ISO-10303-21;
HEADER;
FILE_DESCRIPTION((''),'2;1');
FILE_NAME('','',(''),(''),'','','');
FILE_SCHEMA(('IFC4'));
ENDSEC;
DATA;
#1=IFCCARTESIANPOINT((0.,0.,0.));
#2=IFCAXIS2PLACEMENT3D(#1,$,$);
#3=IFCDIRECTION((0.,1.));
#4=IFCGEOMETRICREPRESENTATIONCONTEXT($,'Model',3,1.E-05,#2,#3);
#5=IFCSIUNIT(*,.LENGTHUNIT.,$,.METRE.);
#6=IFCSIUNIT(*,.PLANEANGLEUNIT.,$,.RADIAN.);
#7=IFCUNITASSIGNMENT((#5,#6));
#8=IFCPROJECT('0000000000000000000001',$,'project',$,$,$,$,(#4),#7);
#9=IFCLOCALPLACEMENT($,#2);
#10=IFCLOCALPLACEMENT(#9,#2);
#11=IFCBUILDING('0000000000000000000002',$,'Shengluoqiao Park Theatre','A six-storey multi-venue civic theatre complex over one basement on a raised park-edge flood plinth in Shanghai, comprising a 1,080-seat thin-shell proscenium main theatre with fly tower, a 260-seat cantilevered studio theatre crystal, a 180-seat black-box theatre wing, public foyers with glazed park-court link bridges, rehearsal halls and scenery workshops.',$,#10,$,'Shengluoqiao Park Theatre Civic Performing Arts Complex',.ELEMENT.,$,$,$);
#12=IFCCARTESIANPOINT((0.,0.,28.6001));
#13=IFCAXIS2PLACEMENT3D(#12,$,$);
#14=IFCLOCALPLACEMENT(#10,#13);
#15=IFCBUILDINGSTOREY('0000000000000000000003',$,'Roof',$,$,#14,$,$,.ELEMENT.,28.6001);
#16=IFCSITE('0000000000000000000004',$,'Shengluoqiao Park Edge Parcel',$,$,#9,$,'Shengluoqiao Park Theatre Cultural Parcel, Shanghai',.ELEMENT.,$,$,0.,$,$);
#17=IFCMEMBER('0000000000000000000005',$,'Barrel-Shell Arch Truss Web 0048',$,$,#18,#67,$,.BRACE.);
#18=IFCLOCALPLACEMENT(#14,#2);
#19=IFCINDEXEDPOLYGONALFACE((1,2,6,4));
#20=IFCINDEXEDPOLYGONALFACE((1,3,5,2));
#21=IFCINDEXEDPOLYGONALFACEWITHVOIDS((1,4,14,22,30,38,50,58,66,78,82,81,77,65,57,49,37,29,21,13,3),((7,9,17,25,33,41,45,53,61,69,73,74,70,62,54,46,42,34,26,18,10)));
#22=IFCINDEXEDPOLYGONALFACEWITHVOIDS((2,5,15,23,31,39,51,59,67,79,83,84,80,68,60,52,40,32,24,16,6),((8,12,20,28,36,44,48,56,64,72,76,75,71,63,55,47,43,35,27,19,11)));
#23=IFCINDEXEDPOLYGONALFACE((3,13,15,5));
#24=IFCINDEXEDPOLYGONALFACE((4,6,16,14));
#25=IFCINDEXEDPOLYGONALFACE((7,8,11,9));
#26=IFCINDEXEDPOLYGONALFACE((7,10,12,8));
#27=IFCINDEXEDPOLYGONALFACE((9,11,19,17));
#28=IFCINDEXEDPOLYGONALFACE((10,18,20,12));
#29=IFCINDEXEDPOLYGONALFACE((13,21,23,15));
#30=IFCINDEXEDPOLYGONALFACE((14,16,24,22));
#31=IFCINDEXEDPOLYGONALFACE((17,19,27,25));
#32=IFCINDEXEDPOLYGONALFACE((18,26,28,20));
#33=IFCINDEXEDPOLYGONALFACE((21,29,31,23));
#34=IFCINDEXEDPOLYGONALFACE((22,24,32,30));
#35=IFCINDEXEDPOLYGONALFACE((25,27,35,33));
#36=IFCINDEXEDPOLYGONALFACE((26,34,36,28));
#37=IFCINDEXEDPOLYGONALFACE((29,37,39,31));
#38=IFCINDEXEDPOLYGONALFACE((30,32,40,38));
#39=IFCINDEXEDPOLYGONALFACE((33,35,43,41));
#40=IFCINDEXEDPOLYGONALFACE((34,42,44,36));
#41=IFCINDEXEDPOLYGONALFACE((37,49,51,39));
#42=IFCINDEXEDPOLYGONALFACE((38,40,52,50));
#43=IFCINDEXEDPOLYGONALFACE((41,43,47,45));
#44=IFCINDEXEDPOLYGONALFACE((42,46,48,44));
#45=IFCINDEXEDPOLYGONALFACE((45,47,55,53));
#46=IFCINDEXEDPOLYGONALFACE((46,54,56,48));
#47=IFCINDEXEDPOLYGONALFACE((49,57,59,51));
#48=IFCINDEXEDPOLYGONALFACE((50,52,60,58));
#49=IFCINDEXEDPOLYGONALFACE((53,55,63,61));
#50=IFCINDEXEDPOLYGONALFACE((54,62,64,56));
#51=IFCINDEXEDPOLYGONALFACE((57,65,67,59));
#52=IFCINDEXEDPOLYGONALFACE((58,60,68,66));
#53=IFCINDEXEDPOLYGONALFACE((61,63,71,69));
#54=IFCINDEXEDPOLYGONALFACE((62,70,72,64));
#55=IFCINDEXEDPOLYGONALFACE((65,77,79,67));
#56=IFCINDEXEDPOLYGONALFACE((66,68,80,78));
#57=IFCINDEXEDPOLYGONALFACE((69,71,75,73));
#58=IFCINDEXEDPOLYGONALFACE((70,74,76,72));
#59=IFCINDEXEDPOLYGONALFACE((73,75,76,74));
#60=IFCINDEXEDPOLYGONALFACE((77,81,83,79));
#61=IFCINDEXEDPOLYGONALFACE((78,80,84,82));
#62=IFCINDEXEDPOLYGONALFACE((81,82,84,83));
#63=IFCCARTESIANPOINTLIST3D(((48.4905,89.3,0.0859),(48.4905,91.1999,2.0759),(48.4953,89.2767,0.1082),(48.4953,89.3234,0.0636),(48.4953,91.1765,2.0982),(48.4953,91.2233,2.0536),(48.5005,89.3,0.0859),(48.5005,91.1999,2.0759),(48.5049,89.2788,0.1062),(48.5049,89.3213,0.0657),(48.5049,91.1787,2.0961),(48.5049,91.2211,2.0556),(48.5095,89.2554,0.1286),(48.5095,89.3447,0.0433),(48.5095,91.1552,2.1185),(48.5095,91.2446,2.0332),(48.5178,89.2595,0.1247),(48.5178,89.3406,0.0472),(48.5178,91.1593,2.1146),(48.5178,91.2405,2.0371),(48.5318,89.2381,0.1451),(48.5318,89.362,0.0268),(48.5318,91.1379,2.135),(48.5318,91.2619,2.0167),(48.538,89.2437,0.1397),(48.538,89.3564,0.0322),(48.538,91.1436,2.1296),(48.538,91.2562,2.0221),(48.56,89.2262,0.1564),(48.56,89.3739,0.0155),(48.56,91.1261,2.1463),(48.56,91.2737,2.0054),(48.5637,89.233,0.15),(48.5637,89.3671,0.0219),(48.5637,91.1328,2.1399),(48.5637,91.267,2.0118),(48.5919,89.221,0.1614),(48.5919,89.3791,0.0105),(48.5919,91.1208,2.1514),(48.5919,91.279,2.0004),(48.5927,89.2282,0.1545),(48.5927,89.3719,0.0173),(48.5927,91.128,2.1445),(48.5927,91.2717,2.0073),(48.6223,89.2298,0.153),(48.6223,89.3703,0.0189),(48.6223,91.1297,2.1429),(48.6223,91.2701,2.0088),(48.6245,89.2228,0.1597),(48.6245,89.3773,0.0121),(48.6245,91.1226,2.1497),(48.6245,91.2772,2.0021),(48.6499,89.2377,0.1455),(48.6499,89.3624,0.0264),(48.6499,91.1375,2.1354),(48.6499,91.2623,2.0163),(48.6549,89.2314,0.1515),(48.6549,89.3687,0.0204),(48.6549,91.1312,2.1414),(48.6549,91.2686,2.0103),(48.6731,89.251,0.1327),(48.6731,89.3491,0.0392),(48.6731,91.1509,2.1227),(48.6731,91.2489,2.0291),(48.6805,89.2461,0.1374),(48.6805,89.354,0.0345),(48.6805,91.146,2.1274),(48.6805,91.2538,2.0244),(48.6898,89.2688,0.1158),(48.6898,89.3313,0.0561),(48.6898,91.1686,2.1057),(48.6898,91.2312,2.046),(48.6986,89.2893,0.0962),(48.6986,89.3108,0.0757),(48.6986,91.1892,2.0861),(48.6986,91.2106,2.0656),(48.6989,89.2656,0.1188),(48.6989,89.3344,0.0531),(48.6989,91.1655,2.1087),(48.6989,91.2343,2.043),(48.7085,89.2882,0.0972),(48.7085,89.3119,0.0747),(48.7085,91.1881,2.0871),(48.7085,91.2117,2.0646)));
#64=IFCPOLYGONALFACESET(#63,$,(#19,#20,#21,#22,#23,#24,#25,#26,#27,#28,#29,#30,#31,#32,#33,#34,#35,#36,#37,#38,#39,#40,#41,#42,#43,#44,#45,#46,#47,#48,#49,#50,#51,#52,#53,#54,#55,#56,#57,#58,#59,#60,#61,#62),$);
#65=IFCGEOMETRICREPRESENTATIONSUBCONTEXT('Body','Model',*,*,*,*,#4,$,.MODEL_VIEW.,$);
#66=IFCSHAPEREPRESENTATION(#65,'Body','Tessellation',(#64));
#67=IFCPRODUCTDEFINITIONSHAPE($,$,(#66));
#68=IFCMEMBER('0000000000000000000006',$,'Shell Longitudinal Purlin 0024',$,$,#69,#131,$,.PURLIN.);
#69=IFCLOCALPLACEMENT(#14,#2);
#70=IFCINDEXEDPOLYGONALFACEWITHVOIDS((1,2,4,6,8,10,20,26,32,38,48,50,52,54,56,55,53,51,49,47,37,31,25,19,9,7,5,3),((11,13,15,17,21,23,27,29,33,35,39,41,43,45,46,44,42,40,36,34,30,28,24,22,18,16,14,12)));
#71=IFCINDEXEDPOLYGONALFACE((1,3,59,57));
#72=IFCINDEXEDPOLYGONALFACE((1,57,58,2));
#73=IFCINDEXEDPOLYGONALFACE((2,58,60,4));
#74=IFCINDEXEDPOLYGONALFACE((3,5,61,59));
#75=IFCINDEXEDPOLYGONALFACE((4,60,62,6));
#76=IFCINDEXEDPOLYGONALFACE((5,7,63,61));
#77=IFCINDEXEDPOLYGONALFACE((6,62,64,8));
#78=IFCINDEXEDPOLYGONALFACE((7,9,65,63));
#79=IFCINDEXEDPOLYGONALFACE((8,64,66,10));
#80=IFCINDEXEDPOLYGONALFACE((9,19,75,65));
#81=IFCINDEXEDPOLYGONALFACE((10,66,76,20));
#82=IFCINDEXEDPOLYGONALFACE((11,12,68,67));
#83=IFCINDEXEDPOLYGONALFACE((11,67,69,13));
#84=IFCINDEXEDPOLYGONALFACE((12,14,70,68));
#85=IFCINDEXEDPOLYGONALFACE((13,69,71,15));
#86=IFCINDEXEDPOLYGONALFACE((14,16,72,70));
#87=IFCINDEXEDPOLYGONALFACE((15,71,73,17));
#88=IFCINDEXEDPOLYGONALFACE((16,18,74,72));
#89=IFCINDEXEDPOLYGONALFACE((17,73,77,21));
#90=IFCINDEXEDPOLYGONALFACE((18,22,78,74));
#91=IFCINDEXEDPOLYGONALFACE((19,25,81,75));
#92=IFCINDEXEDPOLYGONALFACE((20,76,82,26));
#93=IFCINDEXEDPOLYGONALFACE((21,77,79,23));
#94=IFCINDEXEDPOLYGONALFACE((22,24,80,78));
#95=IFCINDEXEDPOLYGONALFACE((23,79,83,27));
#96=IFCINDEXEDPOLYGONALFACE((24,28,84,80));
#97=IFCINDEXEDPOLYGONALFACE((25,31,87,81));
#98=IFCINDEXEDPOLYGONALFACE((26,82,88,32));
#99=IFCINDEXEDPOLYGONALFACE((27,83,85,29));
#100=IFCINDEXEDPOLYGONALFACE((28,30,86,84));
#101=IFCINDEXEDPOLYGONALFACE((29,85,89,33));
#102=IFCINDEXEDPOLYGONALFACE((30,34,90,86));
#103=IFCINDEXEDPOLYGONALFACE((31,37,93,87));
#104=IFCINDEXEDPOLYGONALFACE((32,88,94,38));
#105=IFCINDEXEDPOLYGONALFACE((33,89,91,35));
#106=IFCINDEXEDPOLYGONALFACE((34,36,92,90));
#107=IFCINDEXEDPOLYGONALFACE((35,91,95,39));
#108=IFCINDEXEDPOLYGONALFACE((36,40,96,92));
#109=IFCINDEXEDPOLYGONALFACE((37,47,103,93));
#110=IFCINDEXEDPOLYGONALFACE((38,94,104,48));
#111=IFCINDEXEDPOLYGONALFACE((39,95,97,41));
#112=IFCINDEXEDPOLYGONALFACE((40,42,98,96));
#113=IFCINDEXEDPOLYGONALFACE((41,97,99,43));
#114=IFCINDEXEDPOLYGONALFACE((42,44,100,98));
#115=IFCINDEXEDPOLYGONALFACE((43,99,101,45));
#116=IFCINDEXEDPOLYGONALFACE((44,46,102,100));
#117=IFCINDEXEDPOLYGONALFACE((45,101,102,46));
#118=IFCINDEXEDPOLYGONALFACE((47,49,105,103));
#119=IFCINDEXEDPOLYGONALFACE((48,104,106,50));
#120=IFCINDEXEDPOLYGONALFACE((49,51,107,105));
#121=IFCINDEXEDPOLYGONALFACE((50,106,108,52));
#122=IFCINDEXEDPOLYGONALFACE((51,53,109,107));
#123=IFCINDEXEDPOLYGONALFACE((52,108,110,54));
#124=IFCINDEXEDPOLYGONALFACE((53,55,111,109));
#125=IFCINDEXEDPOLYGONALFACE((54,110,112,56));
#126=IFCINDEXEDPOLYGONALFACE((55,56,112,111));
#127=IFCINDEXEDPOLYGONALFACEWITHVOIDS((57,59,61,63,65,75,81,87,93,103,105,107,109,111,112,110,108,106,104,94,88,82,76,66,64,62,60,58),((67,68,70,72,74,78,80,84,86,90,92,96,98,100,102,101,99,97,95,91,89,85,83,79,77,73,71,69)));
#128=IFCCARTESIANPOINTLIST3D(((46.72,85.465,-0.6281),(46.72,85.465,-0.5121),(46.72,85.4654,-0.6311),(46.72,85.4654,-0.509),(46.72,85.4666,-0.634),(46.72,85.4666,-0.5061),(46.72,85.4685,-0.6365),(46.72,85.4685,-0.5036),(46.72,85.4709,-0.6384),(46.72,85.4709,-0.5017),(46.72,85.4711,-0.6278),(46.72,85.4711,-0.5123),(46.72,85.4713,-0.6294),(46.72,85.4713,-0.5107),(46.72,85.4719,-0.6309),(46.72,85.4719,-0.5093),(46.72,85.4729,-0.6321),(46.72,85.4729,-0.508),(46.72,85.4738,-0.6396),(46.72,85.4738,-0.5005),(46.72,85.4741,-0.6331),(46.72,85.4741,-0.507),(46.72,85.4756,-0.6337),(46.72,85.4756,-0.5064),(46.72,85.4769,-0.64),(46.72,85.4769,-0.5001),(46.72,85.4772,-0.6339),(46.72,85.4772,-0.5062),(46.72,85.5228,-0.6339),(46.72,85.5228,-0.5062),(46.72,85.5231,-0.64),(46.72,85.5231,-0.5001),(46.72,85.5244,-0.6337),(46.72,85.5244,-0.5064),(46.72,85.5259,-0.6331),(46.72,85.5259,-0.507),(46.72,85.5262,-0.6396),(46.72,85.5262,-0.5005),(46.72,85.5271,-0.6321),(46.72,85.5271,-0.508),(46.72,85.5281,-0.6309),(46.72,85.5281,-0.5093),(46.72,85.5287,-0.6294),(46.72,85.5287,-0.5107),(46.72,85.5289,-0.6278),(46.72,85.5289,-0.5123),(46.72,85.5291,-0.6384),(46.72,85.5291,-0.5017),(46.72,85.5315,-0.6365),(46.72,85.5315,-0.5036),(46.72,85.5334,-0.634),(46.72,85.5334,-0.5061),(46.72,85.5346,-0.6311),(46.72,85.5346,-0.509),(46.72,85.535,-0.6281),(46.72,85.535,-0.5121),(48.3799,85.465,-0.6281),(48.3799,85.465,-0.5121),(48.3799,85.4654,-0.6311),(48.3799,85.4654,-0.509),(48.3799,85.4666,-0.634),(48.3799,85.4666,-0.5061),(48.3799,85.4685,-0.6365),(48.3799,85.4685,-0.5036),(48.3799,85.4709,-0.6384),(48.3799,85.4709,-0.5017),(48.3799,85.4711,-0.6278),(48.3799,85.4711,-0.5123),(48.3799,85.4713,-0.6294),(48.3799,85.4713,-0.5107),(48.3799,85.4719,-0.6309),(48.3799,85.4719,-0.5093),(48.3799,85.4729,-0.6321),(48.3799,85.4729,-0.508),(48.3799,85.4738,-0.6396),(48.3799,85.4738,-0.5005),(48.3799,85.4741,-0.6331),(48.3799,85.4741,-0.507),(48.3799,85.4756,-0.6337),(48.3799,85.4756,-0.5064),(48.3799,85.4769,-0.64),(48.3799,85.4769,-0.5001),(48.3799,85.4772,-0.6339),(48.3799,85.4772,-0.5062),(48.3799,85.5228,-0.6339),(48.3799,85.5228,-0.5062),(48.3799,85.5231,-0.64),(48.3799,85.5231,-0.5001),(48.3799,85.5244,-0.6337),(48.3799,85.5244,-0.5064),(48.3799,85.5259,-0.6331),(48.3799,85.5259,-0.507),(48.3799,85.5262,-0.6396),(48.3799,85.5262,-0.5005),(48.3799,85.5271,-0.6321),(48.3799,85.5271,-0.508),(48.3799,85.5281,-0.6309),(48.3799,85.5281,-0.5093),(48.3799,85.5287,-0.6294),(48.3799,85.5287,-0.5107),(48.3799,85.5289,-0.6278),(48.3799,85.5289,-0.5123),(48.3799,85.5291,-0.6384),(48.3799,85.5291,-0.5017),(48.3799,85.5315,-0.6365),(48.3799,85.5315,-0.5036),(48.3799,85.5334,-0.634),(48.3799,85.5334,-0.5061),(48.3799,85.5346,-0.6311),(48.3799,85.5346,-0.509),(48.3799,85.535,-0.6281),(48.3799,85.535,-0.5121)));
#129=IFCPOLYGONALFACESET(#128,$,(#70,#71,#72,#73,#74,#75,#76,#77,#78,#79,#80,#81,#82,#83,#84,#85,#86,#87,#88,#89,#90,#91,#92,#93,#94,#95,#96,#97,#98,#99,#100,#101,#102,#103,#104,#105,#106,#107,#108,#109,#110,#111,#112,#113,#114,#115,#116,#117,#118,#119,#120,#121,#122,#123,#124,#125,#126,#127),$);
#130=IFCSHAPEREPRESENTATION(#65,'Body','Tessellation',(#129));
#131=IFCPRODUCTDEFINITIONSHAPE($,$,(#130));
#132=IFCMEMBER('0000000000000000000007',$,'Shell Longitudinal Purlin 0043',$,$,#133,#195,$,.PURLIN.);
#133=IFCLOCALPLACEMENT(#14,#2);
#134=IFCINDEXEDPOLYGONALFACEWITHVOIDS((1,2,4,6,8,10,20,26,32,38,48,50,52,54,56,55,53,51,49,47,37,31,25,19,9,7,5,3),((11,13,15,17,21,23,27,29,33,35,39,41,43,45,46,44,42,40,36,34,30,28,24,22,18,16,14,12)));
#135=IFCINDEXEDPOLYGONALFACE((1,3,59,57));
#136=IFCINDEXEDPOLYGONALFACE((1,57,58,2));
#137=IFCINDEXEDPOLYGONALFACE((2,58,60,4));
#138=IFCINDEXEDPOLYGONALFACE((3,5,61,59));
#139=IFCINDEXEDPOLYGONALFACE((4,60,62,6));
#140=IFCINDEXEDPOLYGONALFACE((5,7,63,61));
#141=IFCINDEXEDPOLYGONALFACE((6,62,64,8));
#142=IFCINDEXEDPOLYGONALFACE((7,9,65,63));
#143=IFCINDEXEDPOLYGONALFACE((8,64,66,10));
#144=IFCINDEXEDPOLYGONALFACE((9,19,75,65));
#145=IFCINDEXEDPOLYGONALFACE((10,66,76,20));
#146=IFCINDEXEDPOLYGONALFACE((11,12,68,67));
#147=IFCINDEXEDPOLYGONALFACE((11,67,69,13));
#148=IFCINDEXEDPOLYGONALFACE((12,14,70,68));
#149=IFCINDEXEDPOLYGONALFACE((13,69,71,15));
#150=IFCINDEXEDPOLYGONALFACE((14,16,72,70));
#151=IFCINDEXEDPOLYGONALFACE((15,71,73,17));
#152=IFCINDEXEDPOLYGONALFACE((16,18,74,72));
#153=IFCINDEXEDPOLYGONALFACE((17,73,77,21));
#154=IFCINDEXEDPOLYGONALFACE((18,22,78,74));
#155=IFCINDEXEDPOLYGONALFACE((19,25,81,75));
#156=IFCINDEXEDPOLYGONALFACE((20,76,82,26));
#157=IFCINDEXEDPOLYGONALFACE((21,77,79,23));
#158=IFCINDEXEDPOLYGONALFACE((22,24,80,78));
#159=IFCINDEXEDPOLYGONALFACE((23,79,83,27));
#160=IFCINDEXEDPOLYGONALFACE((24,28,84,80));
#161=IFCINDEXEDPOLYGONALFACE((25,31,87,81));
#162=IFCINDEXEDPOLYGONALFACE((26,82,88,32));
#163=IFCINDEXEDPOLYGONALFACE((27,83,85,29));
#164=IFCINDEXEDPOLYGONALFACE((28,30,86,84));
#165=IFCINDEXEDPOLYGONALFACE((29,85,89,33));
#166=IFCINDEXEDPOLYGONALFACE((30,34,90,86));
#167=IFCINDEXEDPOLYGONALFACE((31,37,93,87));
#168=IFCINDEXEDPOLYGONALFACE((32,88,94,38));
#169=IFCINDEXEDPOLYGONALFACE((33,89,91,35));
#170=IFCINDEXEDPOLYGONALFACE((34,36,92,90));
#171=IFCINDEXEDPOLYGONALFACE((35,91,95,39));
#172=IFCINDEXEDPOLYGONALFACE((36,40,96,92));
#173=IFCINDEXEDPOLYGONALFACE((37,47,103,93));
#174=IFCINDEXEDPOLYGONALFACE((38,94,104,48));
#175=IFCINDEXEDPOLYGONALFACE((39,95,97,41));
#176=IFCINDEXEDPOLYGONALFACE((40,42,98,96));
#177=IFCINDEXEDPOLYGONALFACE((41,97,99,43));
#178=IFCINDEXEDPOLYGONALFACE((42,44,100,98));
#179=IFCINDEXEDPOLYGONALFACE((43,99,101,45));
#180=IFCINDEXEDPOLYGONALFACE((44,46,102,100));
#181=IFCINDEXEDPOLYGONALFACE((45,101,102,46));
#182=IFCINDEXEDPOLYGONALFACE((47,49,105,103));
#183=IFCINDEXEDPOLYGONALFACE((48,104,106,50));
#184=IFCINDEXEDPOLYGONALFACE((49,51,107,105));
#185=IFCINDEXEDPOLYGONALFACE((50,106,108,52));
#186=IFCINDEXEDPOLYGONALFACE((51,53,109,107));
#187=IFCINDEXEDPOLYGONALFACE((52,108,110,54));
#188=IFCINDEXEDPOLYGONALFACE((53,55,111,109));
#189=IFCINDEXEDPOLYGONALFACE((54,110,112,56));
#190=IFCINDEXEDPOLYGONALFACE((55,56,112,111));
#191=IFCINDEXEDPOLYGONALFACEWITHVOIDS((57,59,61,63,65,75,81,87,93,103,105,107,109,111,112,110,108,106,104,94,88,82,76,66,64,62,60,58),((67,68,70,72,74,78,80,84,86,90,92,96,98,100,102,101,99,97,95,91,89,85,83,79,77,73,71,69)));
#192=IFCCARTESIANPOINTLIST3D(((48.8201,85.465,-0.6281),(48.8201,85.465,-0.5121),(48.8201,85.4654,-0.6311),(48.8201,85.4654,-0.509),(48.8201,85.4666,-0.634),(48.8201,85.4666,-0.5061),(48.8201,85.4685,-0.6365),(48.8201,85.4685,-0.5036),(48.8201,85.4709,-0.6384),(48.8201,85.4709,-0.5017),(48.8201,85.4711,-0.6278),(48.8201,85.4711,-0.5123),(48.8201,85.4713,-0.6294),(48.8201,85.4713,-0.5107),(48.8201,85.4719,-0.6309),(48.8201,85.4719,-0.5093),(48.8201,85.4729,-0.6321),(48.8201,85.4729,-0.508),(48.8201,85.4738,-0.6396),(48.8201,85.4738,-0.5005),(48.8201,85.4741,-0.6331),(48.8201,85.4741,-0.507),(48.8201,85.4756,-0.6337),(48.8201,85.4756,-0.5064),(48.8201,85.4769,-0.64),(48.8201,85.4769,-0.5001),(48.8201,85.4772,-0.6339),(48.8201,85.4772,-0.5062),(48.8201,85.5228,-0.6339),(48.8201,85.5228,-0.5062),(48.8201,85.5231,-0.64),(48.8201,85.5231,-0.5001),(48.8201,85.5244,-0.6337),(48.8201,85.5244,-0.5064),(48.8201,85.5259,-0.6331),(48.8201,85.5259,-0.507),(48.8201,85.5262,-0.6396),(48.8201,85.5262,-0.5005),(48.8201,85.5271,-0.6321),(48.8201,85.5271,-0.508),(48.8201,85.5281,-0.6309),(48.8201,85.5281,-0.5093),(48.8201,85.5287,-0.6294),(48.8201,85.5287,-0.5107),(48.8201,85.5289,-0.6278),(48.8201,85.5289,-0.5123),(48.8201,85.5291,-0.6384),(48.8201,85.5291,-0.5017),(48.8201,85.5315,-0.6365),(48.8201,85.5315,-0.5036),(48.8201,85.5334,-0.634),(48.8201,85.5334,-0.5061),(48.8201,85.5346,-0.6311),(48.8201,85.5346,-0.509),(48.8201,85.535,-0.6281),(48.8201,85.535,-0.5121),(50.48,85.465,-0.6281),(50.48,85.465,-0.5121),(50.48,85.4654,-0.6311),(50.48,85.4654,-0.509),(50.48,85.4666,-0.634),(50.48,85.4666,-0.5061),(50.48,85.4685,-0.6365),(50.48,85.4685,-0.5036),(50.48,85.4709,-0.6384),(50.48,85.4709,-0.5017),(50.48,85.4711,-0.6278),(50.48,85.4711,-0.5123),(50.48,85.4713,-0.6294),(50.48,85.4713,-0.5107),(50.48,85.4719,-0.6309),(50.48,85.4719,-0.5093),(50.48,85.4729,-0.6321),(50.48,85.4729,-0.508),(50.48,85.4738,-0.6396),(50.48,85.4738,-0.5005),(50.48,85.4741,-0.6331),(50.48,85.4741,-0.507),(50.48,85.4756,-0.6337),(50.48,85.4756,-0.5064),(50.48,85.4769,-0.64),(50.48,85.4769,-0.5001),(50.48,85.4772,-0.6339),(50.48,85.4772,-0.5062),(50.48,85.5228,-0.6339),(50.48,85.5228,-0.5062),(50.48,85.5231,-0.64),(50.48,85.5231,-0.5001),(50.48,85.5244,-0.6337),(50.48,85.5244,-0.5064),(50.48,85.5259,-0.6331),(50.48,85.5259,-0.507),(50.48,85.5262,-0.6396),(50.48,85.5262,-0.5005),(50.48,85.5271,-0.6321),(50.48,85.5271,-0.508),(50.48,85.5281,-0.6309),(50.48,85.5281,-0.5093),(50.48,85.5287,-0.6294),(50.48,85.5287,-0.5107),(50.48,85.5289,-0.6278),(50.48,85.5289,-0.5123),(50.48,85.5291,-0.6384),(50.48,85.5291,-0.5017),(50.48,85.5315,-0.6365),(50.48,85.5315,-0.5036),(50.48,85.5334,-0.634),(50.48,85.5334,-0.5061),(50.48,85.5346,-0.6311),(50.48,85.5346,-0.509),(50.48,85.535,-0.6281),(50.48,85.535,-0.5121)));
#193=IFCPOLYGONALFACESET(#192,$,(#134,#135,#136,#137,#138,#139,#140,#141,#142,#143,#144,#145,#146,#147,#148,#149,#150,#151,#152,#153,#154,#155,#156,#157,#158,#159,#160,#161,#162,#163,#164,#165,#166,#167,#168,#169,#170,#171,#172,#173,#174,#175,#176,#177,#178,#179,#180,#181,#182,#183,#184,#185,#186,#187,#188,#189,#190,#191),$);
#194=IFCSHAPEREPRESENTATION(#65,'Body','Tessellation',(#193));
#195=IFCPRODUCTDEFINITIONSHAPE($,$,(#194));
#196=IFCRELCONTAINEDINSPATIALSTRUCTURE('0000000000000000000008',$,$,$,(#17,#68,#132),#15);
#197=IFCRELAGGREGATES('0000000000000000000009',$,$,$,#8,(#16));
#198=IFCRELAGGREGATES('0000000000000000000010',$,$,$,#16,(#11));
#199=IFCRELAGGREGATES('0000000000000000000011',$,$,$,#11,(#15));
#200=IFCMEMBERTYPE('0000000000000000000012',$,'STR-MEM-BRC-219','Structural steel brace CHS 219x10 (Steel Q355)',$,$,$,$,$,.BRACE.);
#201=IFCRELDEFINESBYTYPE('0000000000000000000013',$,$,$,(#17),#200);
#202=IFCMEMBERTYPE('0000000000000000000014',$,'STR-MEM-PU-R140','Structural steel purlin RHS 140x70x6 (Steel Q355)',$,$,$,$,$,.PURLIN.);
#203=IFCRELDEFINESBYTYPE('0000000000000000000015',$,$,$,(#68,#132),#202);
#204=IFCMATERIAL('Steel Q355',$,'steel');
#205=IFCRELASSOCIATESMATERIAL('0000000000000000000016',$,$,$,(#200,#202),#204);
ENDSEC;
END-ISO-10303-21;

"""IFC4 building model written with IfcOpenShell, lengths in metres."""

from ifc_helpers import new_model, si_unit, direction, frame, origin, origin_2d, place, context, subcontext, project, spatial, hollow_rectangle, hollow_circle, extrude, material, material_profile, profile_set, type_object, element, save


model = new_model("IFC4")

# Units and contexts
model_context = context("Model", 3, precision=1e-05, world=origin(), true_north=direction((0.0, 1.0)))
body_context = subcontext(model_context, "Body", "Model", "MODEL_VIEW")
ifc_project = project(units=[si_unit("LENGTHUNIT", "METRE"), si_unit("PLANEANGLEUNIT", "RADIAN")], contexts=[model_context])

# Site, building, storey
site_placement = place(None, origin())
site = spatial("IfcSite", under=ifc_project, at=site_placement, Name="Shengluoqiao Park Edge Parcel", LongName="Shengluoqiao Park Theatre Cultural Parcel, Shanghai", CompositionType="ELEMENT", RefElevation=0.0)
building_placement = place(site_placement, origin())
building = spatial("IfcBuilding", under=site, at=building_placement, Name="Shengluoqiao Park Theatre", Description="A six-storey multi-venue civic theatre complex over one basement on a raised park-edge flood plinth in Shanghai, comprising a 1,080-seat thin-shell proscenium main theatre with fly tower, a 260-seat cantilevered studio theatre crystal, a 180-seat black-box theatre wing, public foyers with glazed park-court link bridges, rehearsal halls and scenery workshops.", LongName="Shengluoqiao Park Theatre Civic Performing Arts Complex", CompositionType="ELEMENT")
storey_placement = place(building_placement, frame((0.0, 0.0, 28.6001)))
storey = spatial("IfcBuildingStorey", under=building, at=storey_placement, Name="Roof", CompositionType="ELEMENT", Elevation=28.6001)

# Shared definitions
ifc_material_1 = material(Name="Steel Q355", Category="steel")

# Members
ifc_material_profile_1 = material_profile(ifc_material_1, hollow_circle(Radius=0.1096, WallThickness=0.01, at=origin_2d()), Name="CHS 219x10")
ifc_profile_set_1 = profile_set([ifc_material_profile_1], Name="Steel Q355")
member_type_1 = type_object("IfcMemberType", Name="STR-MEM-BRC-219", Description="Structural steel brace CHS 219x10 (Steel Q355)", PredefinedType="BRACE", material=ifc_profile_set_1)
member_1_placement = place(storey_placement, frame((48.6001, 89.3, 0.0859), z_axis=(0.0, 0.690545, 0.723289), x_axis=(-1.0, 0.0, 0.0)))
element("IfcMember", 1, at=member_1_placement, inside=storey, type_object=member_type_1, Name="Barrel-Shell Arch Truss Web 0048", PredefinedType="BRACE", context=body_context, shape_type="SweptSolid", body=[
    extrude(hollow_circle(Radius=0.1096, WallThickness=0.01, at=origin_2d()), origin(), (0.0, 0.0, 1.0), 2.7512),
])
ifc_material_profile_2 = material_profile(ifc_material_1, hollow_rectangle(XDim=0.0701, YDim=0.1399, WallThickness=0.0061, InnerFilletRadius=0.0061, OuterFilletRadius=0.012, at=origin_2d()), Name="RHS 140x70x6")
ifc_profile_set_2 = profile_set([ifc_material_profile_2], Name="Steel Q355")
member_type_2 = type_object("IfcMemberType", Name="STR-MEM-PU-R140", Description="Structural steel purlin RHS 140x70x6 (Steel Q355)", PredefinedType="PURLIN", material=ifc_profile_set_2)
for number, where, z_axis, x_axis, name in (
    (2, (46.72, 85.5, -0.5701), (1.0, 0.0, 0.0), (0.0, 1.0, 0.0), "Shell Longitudinal Purlin 0024"),
    (3, (48.8201, 85.5, -0.5701), (1.0, 0.0, 0.0), (0.0, 1.0, 0.0), "Shell Longitudinal Purlin 0043"),
):
    element("IfcMember", number, at=place(storey_placement, frame(where, z_axis=z_axis, x_axis=x_axis)), inside=storey, type_object=member_type_2, Name=name, PredefinedType="PURLIN", context=body_context, shape_type="SweptSolid", body=[
        extrude(hollow_rectangle(XDim=0.0701, YDim=0.1399, WallThickness=0.0061, InnerFilletRadius=0.0061, OuterFilletRadius=0.012, at=origin_2d()), origin(), (0.0, 0.0, 1.0), 1.6599),
    ])

save(model, "model.ifc")
